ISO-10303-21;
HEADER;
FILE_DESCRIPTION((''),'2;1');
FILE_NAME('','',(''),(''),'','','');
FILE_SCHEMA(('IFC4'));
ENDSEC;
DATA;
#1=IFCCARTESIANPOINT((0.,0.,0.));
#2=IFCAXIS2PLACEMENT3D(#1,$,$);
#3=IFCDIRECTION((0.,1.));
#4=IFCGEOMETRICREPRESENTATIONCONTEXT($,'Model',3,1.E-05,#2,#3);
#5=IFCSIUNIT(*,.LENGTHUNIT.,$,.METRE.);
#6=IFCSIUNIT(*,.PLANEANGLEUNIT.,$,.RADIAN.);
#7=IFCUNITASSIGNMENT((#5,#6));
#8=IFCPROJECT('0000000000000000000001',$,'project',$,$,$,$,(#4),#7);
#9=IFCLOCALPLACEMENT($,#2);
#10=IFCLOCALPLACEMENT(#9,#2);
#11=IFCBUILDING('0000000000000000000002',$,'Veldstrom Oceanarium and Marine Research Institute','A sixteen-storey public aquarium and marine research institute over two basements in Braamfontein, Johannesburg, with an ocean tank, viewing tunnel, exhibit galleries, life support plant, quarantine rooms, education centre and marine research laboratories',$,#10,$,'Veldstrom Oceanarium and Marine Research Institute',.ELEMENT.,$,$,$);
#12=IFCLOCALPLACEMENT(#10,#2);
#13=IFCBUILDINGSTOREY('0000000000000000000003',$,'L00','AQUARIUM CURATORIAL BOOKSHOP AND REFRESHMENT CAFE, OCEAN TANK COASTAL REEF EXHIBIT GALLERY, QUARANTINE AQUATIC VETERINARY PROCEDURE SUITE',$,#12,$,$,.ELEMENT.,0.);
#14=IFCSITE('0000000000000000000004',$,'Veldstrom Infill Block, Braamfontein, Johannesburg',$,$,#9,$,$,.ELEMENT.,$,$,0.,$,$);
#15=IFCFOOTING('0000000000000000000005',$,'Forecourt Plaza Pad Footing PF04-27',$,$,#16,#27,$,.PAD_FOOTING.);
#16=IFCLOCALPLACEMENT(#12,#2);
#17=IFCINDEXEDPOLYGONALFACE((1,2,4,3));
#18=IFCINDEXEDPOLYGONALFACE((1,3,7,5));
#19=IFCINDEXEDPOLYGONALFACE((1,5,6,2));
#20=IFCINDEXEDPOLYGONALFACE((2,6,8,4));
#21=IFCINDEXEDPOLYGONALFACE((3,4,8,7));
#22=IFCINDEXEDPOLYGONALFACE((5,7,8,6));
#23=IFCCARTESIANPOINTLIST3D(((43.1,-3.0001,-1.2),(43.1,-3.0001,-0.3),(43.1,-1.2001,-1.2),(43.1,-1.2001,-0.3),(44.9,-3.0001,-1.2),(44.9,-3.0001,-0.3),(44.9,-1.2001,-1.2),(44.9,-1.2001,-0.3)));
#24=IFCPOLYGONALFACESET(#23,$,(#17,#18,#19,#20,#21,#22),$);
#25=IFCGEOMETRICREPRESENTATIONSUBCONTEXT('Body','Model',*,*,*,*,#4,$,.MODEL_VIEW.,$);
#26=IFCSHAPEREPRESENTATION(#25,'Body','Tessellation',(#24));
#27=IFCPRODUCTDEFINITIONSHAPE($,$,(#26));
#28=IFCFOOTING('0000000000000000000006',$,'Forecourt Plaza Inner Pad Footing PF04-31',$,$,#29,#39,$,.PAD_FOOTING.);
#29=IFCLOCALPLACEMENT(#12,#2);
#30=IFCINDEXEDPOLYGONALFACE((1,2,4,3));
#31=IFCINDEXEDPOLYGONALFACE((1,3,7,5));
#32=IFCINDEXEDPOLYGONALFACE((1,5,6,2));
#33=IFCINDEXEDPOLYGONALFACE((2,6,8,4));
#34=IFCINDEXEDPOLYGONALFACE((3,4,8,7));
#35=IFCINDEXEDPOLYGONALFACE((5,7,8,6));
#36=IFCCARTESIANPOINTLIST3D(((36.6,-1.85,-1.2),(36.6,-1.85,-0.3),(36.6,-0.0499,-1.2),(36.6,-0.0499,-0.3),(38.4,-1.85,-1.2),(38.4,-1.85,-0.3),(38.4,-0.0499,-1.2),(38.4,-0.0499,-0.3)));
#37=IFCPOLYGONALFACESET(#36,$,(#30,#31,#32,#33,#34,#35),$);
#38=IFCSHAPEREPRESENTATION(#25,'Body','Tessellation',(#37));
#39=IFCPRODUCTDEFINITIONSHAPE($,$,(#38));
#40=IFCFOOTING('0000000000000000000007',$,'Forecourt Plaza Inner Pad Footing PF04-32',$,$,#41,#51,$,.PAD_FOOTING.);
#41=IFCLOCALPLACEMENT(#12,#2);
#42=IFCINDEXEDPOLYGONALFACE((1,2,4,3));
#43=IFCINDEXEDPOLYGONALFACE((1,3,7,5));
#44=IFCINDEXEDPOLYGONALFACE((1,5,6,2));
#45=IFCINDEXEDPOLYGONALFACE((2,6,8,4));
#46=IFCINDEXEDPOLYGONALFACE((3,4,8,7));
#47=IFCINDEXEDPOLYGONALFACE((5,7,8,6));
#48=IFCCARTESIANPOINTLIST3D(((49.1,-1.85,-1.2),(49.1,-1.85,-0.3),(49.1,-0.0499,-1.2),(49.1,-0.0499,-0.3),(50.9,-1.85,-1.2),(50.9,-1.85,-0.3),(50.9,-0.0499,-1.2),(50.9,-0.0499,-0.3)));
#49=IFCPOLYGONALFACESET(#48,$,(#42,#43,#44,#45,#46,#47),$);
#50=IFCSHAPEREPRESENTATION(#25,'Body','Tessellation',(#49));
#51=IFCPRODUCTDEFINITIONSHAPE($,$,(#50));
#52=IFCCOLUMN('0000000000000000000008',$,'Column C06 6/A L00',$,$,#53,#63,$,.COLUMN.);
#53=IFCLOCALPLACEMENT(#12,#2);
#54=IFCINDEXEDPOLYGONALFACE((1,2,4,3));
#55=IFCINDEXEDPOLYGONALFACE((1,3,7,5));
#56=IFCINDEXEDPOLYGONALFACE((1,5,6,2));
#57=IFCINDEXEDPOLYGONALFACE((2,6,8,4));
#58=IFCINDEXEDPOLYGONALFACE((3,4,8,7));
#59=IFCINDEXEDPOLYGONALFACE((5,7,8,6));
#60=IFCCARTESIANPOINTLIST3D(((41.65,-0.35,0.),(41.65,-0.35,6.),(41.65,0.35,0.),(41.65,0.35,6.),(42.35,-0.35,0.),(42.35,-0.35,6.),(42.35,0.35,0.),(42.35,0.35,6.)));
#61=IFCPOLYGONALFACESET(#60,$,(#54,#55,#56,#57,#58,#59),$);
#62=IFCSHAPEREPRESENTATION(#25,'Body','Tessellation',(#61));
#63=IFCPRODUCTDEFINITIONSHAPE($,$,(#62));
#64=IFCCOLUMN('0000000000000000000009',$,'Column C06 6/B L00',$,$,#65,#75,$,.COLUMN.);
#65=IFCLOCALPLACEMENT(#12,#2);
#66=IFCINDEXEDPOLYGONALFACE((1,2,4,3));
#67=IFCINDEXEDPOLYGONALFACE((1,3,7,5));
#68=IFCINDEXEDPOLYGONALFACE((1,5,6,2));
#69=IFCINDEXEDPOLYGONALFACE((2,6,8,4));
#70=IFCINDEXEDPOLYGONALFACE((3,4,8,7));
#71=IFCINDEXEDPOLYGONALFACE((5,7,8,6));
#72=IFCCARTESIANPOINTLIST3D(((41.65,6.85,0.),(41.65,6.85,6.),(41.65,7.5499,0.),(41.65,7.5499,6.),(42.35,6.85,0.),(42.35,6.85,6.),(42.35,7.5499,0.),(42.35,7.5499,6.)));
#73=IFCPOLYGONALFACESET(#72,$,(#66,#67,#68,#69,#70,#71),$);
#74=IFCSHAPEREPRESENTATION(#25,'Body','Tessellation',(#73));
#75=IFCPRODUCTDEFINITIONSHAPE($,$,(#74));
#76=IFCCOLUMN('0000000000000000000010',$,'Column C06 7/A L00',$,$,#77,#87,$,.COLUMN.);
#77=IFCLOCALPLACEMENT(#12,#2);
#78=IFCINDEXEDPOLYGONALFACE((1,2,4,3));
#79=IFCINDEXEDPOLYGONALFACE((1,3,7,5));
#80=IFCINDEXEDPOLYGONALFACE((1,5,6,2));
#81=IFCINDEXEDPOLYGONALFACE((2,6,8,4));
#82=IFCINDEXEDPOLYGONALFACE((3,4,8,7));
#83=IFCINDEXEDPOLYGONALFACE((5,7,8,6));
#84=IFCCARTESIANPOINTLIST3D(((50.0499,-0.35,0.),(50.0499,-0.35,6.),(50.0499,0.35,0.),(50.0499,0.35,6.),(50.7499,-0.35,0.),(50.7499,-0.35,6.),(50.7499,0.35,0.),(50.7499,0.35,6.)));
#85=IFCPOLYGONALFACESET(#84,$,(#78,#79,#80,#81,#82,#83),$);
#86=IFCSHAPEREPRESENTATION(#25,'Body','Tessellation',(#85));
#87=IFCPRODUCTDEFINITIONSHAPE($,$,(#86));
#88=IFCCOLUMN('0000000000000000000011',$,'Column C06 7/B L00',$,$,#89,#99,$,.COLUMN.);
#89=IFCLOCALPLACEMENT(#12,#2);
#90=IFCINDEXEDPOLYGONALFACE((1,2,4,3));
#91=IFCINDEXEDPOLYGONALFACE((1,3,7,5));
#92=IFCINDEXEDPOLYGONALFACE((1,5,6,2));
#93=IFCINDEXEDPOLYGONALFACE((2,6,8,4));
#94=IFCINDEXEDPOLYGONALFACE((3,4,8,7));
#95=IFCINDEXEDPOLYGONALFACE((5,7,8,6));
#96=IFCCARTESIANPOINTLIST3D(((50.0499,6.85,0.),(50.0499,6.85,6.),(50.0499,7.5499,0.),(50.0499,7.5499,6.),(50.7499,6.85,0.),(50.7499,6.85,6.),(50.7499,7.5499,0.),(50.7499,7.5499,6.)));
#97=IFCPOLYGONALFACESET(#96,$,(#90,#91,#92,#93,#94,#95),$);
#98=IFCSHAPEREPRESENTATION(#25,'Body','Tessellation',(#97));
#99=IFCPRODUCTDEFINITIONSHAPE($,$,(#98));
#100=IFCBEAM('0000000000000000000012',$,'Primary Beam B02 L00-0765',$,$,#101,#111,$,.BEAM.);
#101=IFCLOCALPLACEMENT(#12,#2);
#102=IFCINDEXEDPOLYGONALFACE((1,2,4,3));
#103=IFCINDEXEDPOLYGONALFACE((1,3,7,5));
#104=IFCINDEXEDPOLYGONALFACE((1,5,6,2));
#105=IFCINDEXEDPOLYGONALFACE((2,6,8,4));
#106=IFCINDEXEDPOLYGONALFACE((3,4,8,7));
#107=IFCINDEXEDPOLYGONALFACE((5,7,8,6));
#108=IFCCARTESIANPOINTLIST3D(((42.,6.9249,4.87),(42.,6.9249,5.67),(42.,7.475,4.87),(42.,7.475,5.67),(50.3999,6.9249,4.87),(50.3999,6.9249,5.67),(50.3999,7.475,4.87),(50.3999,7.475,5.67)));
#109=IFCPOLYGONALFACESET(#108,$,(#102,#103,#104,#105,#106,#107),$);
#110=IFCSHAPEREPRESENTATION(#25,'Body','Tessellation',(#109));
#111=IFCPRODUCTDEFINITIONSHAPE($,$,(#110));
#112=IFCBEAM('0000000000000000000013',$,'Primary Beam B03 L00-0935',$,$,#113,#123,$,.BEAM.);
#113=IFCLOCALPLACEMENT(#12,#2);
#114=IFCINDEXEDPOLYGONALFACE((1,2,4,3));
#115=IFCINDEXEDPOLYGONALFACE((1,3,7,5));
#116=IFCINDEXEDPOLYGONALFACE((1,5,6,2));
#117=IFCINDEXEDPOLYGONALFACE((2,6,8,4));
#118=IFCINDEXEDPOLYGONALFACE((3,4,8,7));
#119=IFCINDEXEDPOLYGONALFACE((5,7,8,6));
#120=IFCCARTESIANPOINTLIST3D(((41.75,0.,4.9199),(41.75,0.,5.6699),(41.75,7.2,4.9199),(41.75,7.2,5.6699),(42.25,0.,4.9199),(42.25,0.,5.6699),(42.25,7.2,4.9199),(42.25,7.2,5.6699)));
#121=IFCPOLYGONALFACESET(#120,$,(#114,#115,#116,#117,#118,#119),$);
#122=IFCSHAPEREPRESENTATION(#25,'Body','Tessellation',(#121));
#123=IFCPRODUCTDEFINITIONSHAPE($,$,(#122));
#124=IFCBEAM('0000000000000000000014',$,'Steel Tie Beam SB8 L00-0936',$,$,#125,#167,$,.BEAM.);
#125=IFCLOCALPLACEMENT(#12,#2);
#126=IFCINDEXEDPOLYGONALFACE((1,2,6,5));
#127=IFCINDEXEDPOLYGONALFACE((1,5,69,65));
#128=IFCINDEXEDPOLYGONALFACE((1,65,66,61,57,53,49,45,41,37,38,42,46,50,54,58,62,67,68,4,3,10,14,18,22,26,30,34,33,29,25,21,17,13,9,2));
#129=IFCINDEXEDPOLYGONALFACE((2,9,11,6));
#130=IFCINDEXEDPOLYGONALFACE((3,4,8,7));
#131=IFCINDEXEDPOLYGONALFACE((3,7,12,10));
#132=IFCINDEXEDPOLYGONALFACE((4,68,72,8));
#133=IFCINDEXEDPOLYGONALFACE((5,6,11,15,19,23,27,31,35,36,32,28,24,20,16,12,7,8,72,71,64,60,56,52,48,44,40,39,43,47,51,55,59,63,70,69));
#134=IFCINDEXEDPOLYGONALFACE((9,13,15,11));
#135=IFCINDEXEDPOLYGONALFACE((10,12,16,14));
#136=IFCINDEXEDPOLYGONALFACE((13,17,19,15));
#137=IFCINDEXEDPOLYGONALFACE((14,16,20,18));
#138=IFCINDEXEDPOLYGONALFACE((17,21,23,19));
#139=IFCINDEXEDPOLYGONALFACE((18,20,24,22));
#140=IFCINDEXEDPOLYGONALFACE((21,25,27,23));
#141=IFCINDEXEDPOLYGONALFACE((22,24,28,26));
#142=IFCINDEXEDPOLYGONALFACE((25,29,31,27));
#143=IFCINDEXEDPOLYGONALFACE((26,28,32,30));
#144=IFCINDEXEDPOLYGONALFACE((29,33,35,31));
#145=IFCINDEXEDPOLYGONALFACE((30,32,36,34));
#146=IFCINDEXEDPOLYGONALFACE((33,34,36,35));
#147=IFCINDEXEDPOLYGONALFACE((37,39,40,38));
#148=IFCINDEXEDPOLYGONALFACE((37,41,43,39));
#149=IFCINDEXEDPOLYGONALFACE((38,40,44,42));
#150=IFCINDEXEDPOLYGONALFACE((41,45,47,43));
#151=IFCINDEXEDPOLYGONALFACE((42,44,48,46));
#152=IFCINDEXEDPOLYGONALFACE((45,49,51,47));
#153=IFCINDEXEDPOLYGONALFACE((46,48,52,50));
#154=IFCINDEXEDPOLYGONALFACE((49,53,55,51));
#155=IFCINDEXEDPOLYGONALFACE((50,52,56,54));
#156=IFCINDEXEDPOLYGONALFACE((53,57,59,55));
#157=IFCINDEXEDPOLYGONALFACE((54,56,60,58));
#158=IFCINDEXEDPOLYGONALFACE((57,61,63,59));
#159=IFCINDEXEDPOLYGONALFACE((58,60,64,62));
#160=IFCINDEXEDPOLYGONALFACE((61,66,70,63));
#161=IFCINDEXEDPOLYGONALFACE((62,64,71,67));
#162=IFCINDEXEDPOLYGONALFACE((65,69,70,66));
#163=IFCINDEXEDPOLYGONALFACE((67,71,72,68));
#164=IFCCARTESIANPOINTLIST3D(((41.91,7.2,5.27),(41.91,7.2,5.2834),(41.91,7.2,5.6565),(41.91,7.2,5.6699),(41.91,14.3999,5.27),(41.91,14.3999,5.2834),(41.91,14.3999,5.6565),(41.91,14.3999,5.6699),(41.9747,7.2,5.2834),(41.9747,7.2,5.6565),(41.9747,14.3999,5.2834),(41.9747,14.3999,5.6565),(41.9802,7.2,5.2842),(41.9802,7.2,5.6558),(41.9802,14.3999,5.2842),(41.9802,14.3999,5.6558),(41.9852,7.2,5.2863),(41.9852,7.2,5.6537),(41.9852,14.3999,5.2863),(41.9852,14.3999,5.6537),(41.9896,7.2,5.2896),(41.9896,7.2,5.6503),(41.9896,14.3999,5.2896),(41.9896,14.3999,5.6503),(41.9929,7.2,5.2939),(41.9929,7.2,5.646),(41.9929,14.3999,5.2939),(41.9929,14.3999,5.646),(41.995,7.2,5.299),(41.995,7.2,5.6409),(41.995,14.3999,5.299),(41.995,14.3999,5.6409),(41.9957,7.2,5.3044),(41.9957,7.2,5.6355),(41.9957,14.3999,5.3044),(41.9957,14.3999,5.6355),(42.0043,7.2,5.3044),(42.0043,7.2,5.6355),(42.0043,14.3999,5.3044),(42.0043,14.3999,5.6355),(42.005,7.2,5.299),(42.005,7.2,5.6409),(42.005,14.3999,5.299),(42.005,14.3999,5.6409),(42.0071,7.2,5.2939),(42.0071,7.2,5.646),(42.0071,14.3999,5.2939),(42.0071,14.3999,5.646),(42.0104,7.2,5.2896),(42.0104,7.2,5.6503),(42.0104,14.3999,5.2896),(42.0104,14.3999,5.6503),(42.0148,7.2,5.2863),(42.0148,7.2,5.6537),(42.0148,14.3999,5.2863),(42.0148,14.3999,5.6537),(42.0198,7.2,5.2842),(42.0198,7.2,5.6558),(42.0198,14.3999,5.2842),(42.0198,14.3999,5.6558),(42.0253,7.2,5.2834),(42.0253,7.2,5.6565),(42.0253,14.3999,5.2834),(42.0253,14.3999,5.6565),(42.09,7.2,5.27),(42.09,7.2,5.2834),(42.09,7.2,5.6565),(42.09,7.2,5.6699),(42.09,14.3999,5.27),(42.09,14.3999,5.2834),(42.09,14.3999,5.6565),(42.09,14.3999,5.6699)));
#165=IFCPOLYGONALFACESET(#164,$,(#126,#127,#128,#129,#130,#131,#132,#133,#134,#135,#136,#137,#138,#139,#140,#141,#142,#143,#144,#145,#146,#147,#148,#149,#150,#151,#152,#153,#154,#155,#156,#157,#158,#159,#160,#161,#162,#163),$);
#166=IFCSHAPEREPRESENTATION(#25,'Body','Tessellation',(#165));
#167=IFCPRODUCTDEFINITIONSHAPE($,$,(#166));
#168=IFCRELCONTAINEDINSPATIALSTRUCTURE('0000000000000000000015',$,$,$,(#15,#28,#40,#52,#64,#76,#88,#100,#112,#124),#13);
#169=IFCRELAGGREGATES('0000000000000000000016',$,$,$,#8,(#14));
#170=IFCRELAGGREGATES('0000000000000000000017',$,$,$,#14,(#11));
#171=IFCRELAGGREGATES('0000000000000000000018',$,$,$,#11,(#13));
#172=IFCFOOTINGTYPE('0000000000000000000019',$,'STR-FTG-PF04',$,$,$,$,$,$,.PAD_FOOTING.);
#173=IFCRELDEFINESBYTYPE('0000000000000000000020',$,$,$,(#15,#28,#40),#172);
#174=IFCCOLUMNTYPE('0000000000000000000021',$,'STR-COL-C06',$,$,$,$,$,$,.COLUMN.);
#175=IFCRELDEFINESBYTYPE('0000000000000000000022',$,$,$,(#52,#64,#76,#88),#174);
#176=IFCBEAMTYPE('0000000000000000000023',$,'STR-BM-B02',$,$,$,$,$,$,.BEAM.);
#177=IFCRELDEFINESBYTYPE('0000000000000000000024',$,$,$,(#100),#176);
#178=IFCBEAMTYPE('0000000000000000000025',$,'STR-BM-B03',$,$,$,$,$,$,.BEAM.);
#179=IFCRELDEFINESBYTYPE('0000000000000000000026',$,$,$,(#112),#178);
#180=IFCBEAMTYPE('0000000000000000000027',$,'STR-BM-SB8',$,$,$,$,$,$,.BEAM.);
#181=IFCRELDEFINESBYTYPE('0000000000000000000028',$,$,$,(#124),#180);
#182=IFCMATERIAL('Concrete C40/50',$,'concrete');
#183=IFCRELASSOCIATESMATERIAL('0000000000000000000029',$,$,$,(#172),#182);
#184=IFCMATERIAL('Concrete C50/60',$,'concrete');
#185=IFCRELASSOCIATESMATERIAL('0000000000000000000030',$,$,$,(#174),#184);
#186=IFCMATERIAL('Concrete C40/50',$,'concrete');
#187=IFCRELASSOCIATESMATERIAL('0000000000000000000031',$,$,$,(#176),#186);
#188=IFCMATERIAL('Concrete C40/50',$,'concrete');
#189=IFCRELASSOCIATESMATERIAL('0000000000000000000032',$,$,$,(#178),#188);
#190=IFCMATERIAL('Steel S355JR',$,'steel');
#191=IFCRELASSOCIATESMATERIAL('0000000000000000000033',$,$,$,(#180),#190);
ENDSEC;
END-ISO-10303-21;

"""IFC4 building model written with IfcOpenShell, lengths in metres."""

from ifc_helpers import new_model, si_unit, direction, frame, origin, origin_2d, place, context, subcontext, project, spatial, rectangle, i_section, extrude, material, material_profile, profile_set, type_object, element, save


model = new_model("IFC4")

# Units and contexts
model_context = context("Model", 3, precision=1e-05, world=origin(), true_north=direction((0.0, 1.0)))
body_context = subcontext(model_context, "Body", "Model", "MODEL_VIEW")
ifc_project = project(units=[si_unit("LENGTHUNIT", "METRE"), si_unit("PLANEANGLEUNIT", "RADIAN")], contexts=[model_context])

# Site, building, storey
site_placement = place(None, origin())
site = spatial("IfcSite", under=ifc_project, at=site_placement, Name="Veldstrom Infill Block, Braamfontein, Johannesburg", CompositionType="ELEMENT", RefElevation=0.0)
building_placement = place(site_placement, origin())
building = spatial("IfcBuilding", under=site, at=building_placement, Name="Veldstrom Oceanarium and Marine Research Institute", Description="A sixteen-storey public aquarium and marine research institute over two basements in Braamfontein, Johannesburg, with an ocean tank, viewing tunnel, exhibit galleries, life support plant, quarantine rooms, education centre and marine research laboratories", LongName="Veldstrom Oceanarium and Marine Research Institute", CompositionType="ELEMENT")
storey_placement = place(building_placement, origin())
storey = spatial("IfcBuildingStorey", under=building, at=storey_placement, Name="L00", Description="AQUARIUM CURATORIAL BOOKSHOP AND REFRESHMENT CAFE, OCEAN TANK COASTAL REEF EXHIBIT GALLERY, QUARANTINE AQUATIC VETERINARY PROCEDURE SUITE", CompositionType="ELEMENT", Elevation=0.0)

# Footings
ifc_material_1 = material(Name="Concrete C40/50", Category="concrete")
footing_type = type_object("IfcFootingType", Name="STR-FTG-PF04", PredefinedType="PAD_FOOTING", material=ifc_material_1)
for number, where, z_axis, x_axis, name in (
    (1, (44.0, -2.1001, -1.2), (0.0, 0.0, 1.0), (1.0, 0.0, 0.0), "Forecourt Plaza Pad Footing PF04-27"),
    (2, (37.5, -0.95, -1.2), (0.0, 0.0, 1.0), (1.0, 0.0, 0.0), "Forecourt Plaza Inner Pad Footing PF04-31"),
    (3, (50.0, -0.95, -1.2), (0.0, 0.0, 1.0), (1.0, 0.0, 0.0), "Forecourt Plaza Inner Pad Footing PF04-32"),
):
    element("IfcFooting", number, at=place(storey_placement, frame(where, z_axis=z_axis, x_axis=x_axis)), inside=storey, type_object=footing_type, Name=name, PredefinedType="PAD_FOOTING", context=body_context, shape_type="SweptSolid", body=[
        extrude(rectangle(XDim=1.8, YDim=1.8, at=origin_2d()), origin(), (0.0, 0.0, 1.0), 0.8999),
    ])

# Columns
ifc_material_2 = material(Name="Concrete C50/60", Category="concrete")
ifc_material_profile_1 = material_profile(ifc_material_2, rectangle(XDim=0.7, YDim=0.7, at=origin_2d()), Name="RC-COL-700x700")
ifc_profile_set_1 = profile_set([ifc_material_profile_1], Name="Concrete C50/60")
column_type = type_object("IfcColumnType", Name="STR-COL-C06", PredefinedType="COLUMN", material=ifc_profile_set_1)
for number, where, z_axis, x_axis, name in (
    (4, (42.0, 0.0, 0.0), (0.0, 0.0, 1.0), (1.0, 0.0, 0.0), "Column C06 6/A L00"),
    (5, (42.0, 7.2, 0.0), (0.0, 0.0, 1.0), (1.0, 0.0, 0.0), "Column C06 6/B L00"),
    (6, (50.3999, 0.0, 0.0), (0.0, 0.0, 1.0), (1.0, 0.0, 0.0), "Column C06 7/A L00"),
    (7, (50.3999, 7.2, 0.0), (0.0, 0.0, 1.0), (1.0, 0.0, 0.0), "Column C06 7/B L00"),
):
    element("IfcColumn", number, at=place(storey_placement, frame(where, z_axis=z_axis, x_axis=x_axis)), inside=storey, type_object=column_type, Name=name, PredefinedType="COLUMN", context=body_context, shape_type="SweptSolid", body=[
        extrude(rectangle(XDim=0.7, YDim=0.7, at=origin_2d()), origin(), (0.0, 0.0, 1.0), 6.0),
    ])

# Beams
ifc_material_3 = material(Name="Concrete C40/50", Category="concrete")
ifc_material_profile_2 = material_profile(ifc_material_3, rectangle(XDim=0.55, YDim=0.8, at=origin_2d()), Name="RC-BM-550x800")
ifc_profile_set_2 = profile_set([ifc_material_profile_2], Name="Concrete C40/50")
beam_type_1 = type_object("IfcBeamType", Name="STR-BM-B02", PredefinedType="BEAM", material=ifc_profile_set_2)
beam_1_placement = place(storey_placement, frame((42.0, 7.2, 5.27), z_axis=(1.0, 0.0, 0.0), x_axis=(0.0, 1.0, 0.0)))
element("IfcBeam", 8, at=beam_1_placement, inside=storey, type_object=beam_type_1, Name="Primary Beam B02 L00-0765", PredefinedType="BEAM", context=body_context, shape_type="SweptSolid", body=[
    extrude(rectangle(XDim=0.55, YDim=0.8, at=origin_2d()), origin(), (0.0, 0.0, 1.0), 8.3999),
])
ifc_material_4 = material(Name="Concrete C40/50", Category="concrete")
ifc_material_profile_3 = material_profile(ifc_material_4, rectangle(XDim=0.5, YDim=0.75, at=origin_2d()), Name="RC-BM-500x750")
ifc_profile_set_3 = profile_set([ifc_material_profile_3], Name="Concrete C40/50")
beam_type_2 = type_object("IfcBeamType", Name="STR-BM-B03", PredefinedType="BEAM", material=ifc_profile_set_3)
beam_2_placement = place(storey_placement, frame((42.0, 0.0, 5.2949), z_axis=(0.0, 1.0, 0.0), x_axis=(-1.0, 0.0, 0.0)))
element("IfcBeam", 9, at=beam_2_placement, inside=storey, type_object=beam_type_2, Name="Primary Beam B03 L00-0935", PredefinedType="BEAM", context=body_context, shape_type="SweptSolid", body=[
    extrude(rectangle(XDim=0.5, YDim=0.75, at=origin_2d()), origin(), (0.0, 0.0, 1.0), 7.2),
])
ifc_material_5 = material(Name="Steel S355JR", Category="steel")
ifc_material_profile_4 = material_profile(ifc_material_5, i_section(OverallWidth=0.1799, OverallDepth=0.3999, WebThickness=0.0085, FlangeThickness=0.0134, FilletRadius=0.021, at=origin_2d()), Name="IPE 400")
ifc_profile_set_4 = profile_set([ifc_material_profile_4], Name="Steel S355JR")
beam_type_3 = type_object("IfcBeamType", Name="STR-BM-SB8", PredefinedType="BEAM", material=ifc_profile_set_4)
for number, where, z_axis, x_axis, name in (
    (10, (42.0, 7.2, 5.47), (0.0, 1.0, 0.0), (-1.0, 0.0, 0.0), "Steel Tie Beam SB8 L00-0936"),
):
    element("IfcBeam", number, at=place(storey_placement, frame(where, z_axis=z_axis, x_axis=x_axis)), inside=storey, type_object=beam_type_3, Name=name, PredefinedType="BEAM", context=body_context, shape_type="SweptSolid", body=[
        extrude(i_section(OverallWidth=0.1799, OverallDepth=0.3999, WebThickness=0.0085, FlangeThickness=0.0134, FilletRadius=0.021, at=origin_2d()), origin(), (0.0, 0.0, 1.0), 7.2),
    ])

save(model, "model.ifc")
